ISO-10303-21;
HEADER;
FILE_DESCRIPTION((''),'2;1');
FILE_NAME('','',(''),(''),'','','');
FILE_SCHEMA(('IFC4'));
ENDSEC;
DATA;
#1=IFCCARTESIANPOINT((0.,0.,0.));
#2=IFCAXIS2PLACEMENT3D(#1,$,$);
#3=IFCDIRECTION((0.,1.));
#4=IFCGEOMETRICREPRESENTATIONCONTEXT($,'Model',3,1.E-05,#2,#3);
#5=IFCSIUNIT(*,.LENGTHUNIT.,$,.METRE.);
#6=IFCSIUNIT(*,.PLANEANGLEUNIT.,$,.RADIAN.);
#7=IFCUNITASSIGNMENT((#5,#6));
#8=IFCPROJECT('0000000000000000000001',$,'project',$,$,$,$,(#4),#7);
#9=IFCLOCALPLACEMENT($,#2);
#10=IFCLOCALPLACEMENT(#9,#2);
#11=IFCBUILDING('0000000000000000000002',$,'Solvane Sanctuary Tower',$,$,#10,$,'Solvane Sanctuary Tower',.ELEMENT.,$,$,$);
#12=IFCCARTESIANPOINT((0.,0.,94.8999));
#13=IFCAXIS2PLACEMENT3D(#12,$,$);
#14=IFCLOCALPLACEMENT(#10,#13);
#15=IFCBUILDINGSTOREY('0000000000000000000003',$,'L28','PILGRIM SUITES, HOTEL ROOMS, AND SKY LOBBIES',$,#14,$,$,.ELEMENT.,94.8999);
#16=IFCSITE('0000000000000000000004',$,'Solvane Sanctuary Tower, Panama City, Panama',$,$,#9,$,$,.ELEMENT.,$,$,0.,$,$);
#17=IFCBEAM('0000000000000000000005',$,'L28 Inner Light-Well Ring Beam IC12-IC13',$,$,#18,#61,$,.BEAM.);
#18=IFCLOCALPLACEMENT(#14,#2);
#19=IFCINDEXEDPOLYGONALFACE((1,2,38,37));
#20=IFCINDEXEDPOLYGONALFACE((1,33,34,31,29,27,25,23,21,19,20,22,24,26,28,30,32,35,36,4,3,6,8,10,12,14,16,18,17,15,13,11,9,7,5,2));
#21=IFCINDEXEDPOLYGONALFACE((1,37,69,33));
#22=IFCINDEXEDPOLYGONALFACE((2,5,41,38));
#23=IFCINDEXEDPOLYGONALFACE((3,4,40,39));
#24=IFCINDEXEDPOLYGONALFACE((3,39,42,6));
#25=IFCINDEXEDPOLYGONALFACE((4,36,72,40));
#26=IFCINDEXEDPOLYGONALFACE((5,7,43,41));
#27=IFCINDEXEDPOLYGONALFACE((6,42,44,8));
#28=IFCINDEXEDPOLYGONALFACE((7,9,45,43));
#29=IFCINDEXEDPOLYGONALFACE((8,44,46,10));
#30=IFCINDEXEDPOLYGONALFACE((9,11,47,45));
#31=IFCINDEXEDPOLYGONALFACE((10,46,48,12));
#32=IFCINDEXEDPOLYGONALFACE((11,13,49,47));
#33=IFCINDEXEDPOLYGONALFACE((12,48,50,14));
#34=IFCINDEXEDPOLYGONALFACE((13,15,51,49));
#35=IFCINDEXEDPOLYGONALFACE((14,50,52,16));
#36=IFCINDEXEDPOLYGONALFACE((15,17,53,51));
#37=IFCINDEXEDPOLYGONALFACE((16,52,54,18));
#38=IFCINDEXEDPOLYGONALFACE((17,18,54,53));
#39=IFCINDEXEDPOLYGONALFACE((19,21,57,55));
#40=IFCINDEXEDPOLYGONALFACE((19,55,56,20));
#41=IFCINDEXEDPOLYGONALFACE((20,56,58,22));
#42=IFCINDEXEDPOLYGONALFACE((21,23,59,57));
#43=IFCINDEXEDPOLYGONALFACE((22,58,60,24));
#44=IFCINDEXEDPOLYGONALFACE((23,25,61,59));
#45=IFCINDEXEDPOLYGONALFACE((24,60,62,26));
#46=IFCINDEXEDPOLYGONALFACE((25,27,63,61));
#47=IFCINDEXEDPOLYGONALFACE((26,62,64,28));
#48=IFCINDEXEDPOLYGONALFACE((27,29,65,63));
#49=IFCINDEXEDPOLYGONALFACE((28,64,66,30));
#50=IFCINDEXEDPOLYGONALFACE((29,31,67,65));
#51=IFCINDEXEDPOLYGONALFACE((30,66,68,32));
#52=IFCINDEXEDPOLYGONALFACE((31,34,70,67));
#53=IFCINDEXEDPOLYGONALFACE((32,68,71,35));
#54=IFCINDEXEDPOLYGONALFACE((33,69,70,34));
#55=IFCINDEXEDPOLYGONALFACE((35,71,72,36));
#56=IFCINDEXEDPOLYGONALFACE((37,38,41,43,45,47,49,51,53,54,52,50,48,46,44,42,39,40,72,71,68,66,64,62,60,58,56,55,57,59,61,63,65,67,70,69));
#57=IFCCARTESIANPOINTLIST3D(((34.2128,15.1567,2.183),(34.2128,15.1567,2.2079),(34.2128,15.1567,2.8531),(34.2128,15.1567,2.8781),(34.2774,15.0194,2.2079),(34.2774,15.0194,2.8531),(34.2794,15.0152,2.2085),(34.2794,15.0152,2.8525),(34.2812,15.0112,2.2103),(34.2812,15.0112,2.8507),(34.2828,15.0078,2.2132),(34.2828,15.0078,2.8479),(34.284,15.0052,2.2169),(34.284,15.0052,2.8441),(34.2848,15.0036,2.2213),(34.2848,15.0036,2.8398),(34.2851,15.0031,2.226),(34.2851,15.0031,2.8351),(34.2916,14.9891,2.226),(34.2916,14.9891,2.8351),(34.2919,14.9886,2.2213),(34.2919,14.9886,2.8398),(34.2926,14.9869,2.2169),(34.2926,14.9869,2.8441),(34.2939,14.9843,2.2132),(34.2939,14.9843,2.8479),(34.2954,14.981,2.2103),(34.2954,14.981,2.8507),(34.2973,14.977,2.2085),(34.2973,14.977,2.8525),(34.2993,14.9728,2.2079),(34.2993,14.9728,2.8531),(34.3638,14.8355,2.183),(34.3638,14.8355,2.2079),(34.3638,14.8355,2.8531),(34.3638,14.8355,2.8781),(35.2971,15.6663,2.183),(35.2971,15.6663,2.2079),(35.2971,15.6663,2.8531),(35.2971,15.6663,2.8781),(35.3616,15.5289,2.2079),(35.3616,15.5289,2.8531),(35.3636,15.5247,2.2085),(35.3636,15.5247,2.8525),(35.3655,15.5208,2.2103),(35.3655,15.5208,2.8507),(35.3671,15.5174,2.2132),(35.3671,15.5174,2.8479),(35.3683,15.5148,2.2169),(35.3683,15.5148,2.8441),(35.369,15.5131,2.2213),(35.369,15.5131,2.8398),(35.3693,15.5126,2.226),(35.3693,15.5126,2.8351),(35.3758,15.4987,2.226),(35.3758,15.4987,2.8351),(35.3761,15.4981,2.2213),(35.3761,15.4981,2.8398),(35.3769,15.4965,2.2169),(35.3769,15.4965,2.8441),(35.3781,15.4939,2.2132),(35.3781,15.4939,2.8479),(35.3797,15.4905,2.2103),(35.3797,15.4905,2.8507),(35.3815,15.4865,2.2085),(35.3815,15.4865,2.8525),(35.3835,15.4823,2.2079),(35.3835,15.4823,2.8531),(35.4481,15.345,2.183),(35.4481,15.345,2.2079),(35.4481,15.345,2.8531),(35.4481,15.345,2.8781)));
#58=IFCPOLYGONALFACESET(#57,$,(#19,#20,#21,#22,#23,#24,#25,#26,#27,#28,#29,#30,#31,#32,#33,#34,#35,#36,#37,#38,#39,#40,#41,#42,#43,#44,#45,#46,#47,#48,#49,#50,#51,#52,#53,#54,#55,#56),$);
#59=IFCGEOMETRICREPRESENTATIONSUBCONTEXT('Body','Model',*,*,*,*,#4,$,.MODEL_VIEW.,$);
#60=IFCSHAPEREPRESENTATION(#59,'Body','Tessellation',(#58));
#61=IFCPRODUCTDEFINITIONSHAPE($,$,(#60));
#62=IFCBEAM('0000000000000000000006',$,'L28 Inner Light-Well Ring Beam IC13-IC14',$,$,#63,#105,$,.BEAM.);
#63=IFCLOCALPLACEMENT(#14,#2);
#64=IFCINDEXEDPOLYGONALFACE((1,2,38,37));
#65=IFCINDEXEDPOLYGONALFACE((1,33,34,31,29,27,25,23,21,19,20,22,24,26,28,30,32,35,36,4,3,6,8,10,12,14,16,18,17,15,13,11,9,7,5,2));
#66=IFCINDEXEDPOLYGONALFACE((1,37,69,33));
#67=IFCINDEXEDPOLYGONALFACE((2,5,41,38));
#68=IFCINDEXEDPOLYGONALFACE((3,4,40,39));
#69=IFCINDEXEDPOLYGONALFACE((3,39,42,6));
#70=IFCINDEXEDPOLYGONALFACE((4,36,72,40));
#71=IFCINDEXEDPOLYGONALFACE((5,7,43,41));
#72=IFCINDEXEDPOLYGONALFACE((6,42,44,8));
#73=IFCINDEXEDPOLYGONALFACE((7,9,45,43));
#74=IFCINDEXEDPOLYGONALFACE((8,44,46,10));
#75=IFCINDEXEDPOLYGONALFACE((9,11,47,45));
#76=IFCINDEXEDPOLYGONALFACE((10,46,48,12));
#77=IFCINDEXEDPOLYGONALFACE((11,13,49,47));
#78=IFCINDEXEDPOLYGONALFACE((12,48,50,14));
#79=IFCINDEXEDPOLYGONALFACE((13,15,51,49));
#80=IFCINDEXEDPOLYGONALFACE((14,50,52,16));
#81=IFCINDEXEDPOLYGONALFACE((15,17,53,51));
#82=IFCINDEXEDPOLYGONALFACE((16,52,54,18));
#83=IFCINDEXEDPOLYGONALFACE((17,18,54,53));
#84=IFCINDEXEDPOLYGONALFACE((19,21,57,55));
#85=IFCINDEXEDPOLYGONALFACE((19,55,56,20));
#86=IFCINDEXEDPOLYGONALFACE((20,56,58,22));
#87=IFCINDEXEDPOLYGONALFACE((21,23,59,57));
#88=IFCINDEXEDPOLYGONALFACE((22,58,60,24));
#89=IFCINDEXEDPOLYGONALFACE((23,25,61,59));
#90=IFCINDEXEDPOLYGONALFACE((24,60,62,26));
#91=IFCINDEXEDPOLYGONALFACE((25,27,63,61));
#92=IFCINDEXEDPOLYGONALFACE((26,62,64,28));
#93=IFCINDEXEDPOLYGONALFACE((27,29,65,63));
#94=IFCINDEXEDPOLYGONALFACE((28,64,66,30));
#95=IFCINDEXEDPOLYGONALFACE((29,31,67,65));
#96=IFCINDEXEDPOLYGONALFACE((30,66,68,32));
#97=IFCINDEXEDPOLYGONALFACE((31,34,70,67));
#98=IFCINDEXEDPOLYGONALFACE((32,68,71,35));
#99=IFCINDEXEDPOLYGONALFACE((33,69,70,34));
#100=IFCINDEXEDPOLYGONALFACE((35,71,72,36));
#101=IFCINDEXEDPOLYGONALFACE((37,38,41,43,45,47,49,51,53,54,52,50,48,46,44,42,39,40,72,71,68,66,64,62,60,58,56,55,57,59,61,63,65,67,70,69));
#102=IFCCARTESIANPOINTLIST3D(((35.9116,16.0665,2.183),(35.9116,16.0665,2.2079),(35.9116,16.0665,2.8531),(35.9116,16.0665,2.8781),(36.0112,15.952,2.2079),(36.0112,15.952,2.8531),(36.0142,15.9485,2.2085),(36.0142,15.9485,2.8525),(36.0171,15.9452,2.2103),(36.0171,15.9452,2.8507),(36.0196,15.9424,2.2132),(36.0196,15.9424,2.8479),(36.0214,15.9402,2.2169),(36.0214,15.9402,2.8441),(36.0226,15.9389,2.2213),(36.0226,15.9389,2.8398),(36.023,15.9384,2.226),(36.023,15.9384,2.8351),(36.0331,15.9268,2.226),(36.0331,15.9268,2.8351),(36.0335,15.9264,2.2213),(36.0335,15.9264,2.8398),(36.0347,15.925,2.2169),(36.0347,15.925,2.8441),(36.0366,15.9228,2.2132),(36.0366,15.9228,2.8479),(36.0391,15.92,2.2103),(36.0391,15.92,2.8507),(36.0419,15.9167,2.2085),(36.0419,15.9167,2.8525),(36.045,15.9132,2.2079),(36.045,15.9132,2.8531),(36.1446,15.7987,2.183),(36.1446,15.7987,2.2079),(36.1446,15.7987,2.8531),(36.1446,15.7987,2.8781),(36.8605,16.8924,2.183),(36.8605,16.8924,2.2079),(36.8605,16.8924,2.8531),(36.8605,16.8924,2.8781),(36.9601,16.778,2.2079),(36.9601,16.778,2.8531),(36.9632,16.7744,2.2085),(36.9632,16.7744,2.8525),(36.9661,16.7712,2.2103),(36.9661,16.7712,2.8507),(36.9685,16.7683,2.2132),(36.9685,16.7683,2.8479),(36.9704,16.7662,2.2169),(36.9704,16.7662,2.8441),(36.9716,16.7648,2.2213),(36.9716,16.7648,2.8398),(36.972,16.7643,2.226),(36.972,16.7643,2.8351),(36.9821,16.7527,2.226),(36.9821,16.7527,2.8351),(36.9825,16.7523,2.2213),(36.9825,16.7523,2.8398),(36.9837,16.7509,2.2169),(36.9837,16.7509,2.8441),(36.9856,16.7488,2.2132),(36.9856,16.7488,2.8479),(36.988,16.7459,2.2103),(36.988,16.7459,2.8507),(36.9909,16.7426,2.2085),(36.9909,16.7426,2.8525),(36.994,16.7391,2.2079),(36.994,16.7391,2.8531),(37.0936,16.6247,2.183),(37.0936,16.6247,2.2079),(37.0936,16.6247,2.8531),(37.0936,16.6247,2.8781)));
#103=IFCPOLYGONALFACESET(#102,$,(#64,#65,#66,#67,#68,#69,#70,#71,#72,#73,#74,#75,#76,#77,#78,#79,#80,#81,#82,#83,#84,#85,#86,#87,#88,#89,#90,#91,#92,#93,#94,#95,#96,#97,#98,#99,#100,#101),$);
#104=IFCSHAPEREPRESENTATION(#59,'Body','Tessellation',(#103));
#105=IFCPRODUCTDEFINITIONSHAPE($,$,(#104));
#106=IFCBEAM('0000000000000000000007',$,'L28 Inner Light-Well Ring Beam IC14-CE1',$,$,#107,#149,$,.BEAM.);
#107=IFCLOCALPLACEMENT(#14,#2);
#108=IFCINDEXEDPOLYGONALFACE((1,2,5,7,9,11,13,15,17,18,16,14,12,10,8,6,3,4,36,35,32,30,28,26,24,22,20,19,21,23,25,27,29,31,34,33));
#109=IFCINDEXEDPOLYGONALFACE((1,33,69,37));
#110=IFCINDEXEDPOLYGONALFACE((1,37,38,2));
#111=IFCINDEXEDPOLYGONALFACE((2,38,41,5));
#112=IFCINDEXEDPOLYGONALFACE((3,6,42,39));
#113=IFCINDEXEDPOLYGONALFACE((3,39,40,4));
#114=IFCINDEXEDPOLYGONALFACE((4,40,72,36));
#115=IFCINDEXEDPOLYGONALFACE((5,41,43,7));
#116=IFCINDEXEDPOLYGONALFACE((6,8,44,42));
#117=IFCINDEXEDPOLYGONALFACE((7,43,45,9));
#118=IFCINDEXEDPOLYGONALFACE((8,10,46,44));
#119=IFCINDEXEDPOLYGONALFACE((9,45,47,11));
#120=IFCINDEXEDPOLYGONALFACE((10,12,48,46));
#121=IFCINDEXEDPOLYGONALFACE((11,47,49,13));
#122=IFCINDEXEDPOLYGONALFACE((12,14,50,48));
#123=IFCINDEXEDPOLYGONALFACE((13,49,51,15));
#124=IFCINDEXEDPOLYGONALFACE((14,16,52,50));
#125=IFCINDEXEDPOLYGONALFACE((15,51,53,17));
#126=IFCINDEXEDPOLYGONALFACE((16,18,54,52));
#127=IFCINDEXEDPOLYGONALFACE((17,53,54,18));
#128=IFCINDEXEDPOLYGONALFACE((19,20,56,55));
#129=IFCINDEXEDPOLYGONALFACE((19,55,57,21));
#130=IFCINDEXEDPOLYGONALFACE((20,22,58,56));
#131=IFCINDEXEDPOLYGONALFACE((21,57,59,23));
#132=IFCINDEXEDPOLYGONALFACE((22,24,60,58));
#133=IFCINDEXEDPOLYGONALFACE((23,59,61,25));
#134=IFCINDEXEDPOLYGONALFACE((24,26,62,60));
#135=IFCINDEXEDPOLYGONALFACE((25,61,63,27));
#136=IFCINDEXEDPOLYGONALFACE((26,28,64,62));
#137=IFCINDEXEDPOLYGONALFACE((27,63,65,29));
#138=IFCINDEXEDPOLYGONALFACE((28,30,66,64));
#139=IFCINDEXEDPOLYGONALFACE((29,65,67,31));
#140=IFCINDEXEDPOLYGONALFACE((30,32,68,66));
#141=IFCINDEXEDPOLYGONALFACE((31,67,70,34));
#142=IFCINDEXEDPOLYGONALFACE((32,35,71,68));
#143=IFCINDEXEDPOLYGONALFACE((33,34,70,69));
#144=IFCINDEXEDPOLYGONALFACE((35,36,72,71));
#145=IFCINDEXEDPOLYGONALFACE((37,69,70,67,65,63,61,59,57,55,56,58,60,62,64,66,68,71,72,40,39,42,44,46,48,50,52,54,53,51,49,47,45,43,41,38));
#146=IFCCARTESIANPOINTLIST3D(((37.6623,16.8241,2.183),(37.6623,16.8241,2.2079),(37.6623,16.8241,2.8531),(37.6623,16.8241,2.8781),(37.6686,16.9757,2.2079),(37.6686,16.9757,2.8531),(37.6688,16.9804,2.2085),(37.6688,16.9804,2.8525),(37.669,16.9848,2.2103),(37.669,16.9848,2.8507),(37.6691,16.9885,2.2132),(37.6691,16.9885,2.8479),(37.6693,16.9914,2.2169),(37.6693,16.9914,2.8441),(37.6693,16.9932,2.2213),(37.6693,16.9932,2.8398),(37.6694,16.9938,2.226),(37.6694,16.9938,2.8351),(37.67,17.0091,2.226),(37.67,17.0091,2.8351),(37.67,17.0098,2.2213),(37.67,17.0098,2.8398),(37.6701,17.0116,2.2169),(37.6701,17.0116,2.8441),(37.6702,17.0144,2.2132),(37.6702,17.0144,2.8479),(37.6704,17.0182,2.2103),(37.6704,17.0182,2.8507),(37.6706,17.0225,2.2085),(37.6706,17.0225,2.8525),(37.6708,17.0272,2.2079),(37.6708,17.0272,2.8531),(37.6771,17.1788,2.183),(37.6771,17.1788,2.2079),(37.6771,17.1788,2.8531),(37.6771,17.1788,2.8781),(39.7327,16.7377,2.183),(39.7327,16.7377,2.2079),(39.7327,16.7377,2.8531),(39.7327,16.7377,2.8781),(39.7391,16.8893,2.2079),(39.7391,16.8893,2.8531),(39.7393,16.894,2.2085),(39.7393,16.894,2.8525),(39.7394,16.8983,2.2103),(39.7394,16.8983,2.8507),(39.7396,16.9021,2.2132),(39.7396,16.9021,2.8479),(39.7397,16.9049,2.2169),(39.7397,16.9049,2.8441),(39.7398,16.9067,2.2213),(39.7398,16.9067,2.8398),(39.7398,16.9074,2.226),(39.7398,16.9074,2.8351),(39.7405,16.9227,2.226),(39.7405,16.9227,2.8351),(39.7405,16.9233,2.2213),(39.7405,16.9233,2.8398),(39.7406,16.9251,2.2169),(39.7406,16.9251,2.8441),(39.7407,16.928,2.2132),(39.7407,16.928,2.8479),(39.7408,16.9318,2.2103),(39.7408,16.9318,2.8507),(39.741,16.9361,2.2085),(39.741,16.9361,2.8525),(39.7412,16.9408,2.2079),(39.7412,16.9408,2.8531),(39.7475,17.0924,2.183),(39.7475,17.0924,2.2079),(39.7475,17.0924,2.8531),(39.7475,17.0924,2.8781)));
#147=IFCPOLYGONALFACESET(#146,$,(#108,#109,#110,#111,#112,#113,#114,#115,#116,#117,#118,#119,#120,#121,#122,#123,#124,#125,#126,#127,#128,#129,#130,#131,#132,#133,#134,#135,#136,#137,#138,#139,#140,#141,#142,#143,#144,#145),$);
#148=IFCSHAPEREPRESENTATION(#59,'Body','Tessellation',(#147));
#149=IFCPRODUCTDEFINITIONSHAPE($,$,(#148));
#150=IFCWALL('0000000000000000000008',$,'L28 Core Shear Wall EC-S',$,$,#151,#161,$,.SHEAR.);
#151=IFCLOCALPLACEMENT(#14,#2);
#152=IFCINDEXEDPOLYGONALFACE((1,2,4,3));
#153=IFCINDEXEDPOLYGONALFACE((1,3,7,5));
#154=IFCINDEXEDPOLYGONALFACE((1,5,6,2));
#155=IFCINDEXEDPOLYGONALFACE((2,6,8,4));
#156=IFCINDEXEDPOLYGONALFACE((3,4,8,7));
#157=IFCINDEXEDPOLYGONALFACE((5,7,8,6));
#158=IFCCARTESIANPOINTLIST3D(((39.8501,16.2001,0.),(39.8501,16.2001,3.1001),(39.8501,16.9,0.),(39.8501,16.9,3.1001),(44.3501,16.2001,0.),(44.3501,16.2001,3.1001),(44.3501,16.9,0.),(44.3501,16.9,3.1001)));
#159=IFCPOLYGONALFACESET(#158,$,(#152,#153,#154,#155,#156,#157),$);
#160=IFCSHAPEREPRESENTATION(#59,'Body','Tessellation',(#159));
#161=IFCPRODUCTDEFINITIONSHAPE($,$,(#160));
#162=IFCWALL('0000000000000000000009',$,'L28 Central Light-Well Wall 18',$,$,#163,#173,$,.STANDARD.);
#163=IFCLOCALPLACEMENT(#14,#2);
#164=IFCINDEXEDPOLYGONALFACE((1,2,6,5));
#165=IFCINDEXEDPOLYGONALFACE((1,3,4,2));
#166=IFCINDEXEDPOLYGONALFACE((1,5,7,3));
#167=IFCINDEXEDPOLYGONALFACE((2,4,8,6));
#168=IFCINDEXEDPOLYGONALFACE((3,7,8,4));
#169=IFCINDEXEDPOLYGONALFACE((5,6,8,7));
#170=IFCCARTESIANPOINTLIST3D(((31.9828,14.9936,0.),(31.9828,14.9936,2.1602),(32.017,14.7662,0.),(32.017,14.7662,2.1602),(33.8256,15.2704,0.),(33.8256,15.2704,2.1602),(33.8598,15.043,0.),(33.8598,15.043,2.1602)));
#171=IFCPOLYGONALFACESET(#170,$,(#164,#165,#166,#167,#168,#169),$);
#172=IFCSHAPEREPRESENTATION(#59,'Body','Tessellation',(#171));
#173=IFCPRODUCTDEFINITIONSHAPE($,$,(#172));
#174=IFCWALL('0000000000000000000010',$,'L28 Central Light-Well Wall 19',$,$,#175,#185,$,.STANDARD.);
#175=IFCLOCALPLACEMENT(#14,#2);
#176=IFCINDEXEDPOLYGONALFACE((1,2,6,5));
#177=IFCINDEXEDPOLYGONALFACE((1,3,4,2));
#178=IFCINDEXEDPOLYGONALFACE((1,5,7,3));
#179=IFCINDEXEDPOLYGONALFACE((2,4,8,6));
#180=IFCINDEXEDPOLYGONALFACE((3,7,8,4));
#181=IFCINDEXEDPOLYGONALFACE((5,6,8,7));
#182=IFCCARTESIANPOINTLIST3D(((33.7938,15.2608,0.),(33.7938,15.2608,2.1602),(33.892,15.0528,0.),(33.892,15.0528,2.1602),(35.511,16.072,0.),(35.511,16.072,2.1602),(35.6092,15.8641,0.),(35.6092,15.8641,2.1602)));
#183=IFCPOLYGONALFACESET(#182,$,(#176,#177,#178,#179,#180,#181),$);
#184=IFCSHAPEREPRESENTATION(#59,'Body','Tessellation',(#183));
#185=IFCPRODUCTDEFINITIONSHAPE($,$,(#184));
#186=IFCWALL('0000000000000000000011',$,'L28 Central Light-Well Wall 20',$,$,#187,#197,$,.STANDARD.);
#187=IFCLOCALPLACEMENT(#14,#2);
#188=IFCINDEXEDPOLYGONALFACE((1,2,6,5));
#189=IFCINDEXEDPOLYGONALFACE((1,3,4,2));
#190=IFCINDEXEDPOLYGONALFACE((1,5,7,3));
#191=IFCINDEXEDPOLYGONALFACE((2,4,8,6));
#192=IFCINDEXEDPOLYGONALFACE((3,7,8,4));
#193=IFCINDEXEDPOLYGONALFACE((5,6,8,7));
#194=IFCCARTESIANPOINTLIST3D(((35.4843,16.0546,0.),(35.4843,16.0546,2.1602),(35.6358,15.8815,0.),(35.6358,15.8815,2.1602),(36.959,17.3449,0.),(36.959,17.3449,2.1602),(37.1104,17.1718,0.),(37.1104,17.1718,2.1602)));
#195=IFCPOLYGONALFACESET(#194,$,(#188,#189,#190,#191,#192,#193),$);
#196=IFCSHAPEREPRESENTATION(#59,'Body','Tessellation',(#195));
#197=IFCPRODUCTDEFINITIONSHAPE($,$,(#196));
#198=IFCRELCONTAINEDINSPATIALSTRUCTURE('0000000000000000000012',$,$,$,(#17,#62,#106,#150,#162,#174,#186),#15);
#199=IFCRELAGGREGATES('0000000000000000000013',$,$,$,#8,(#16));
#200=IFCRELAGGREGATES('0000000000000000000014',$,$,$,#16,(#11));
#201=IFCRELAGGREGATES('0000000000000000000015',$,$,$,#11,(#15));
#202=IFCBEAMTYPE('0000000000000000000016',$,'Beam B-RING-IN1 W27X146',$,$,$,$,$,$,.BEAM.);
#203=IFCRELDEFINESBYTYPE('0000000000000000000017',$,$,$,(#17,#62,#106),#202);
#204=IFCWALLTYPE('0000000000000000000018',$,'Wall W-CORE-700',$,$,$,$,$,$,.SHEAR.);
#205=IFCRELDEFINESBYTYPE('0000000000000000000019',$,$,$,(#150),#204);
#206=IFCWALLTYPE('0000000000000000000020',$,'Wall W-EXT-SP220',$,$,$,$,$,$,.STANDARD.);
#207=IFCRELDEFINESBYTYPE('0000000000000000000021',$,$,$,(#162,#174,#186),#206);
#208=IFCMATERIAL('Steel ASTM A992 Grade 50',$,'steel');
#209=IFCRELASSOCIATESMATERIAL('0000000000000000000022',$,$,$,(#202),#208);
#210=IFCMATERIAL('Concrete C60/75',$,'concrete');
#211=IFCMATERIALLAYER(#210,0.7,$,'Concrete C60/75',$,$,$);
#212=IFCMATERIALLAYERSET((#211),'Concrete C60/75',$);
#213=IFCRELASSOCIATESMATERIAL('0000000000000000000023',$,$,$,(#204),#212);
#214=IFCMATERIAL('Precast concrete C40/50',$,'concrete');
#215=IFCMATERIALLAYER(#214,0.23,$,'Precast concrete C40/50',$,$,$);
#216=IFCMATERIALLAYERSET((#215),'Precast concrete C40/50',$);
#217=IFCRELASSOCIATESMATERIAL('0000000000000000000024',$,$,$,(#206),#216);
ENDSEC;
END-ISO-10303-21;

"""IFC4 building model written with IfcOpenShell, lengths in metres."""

from ifc_helpers import new_model, si_unit, direction, frame, frame_2d, origin, origin_2d, place, context, subcontext, project, spatial, rectangle, i_section, extrude, material, layer, layer_set, material_profile, profile_set, type_object, element, save


model = new_model("IFC4")

# Units and contexts
model_context = context("Model", 3, precision=1e-05, world=origin(), true_north=direction((0.0, 1.0)))
body_context = subcontext(model_context, "Body", "Model", "MODEL_VIEW")
ifc_project = project(units=[si_unit("LENGTHUNIT", "METRE"), si_unit("PLANEANGLEUNIT", "RADIAN")], contexts=[model_context])

# Site, building, storey
site_placement = place(None, origin())
site = spatial("IfcSite", under=ifc_project, at=site_placement, Name="Solvane Sanctuary Tower, Panama City, Panama", CompositionType="ELEMENT", RefElevation=0.0)
building_placement = place(site_placement, origin())
building = spatial("IfcBuilding", under=site, at=building_placement, Name="Solvane Sanctuary Tower", LongName="Solvane Sanctuary Tower", CompositionType="ELEMENT")
storey_placement = place(building_placement, frame((0.0, 0.0, 94.8999)))
storey = spatial("IfcBuildingStorey", under=building, at=storey_placement, Name="L28", Description="PILGRIM SUITES, HOTEL ROOMS, AND SKY LOBBIES", CompositionType="ELEMENT", Elevation=94.8999)

# Shared definitions
ifc_material_1 = material(Name="Concrete C60/75", Category="concrete")

# Beams
ifc_material_2 = material(Name="Steel ASTM A992 Grade 50", Category="steel")
ifc_material_profile_1 = material_profile(ifc_material_2, i_section(OverallWidth=0.355, OverallDepth=0.6951, WebThickness=0.0154, FlangeThickness=0.0249, FilletRadius=0.0181, at=origin_2d()), Name="W27X146")
ifc_profile_set_1 = profile_set([ifc_material_profile_1], Name="Steel ASTM A992 Grade 50")
beam_type_1 = type_object("IfcBeamType", Name="Beam B-RING-IN1 W27X146", PredefinedType="BEAM", material=ifc_profile_set_1)
beam_1_placement = place(storey_placement, frame((34.2883, 14.9961, 2.5305), z_axis=(0.905045, 0.425316, 0.0), x_axis=(-0.425316, 0.905045, 0.0)))
element("IfcBeam", 1, at=beam_1_placement, inside=storey, type_object=beam_type_1, Name="L28 Inner Light-Well Ring Beam IC12-IC13", PredefinedType="BEAM", context=body_context, shape_type="SweptSolid", body=[
    extrude(i_section(OverallWidth=0.355, OverallDepth=0.6951, WebThickness=0.0154, FlangeThickness=0.0249, FilletRadius=0.0181, at=origin_2d()), origin(), (0.0, 0.0, 1.0), 1.198),
])
beam_2_placement = place(storey_placement, frame((36.0281, 15.9326, 2.5305), z_axis=(0.754317, 0.65651, 0.0), x_axis=(-0.65651, 0.754317, 0.0)))
element("IfcBeam", 2, at=beam_2_placement, inside=storey, type_object=beam_type_1, Name="L28 Inner Light-Well Ring Beam IC13-IC14", PredefinedType="BEAM", context=body_context, shape_type="SweptSolid", body=[
    extrude(i_section(OverallWidth=0.355, OverallDepth=0.6951, WebThickness=0.0154, FlangeThickness=0.0249, FilletRadius=0.0181, at=origin_2d()), origin(), (0.0, 0.0, 1.0), 1.2581),
])
beam_3_placement = place(storey_placement, frame((37.6697, 17.0015, 2.5305), z_axis=(0.99913, -0.041704, 0.0), x_axis=(0.041704, 0.99913, 0.0)))
element("IfcBeam", 3, at=beam_3_placement, inside=storey, type_object=beam_type_1, Name="L28 Inner Light-Well Ring Beam IC14-CE1", PredefinedType="BEAM", context=body_context, shape_type="SweptSolid", body=[
    extrude(i_section(OverallWidth=0.355, OverallDepth=0.6951, WebThickness=0.0154, FlangeThickness=0.0249, FilletRadius=0.0181, at=origin_2d()), origin(), (0.0, 0.0, 1.0), 2.0723),
])

# Walls
ifc_layer_1 = layer(ifc_material_1, 0.7, Name="Concrete C60/75")
ifc_layer_set_1 = layer_set([ifc_layer_1], Name="Concrete C60/75")
wall_type_1 = type_object("IfcWallType", Name="Wall W-CORE-700", PredefinedType="SHEAR", material=ifc_layer_set_1)
wall_1_placement = place(storey_placement, frame((39.8501, 16.55, 0.0), z_axis=(0.0, 0.0, 1.0), x_axis=(1.0, 0.0, 0.0)))
element("IfcWall", 4, at=wall_1_placement, inside=storey, type_object=wall_type_1, Name="L28 Core Shear Wall EC-S", PredefinedType="SHEAR", context=body_context, shape_type="SweptSolid", body=[
    extrude(rectangle(XDim=4.5, YDim=0.7, at=frame_2d((2.25, 0.0))), origin(), (0.0, 0.0, 1.0), 3.1001),
])
ifc_material_3 = material(Name="Precast concrete C40/50", Category="concrete")
ifc_layer_2 = layer(ifc_material_3, 0.23, Name="Precast concrete C40/50")
ifc_layer_set_2 = layer_set([ifc_layer_2], Name="Precast concrete C40/50")
wall_type_2 = type_object("IfcWallType", Name="Wall W-EXT-SP220", PredefinedType="STANDARD", material=ifc_layer_set_2)
wall_2_placement = place(storey_placement, frame((32.0, 14.8799, 0.0), z_axis=(0.0, 0.0, 1.0), x_axis=(0.988902, 0.148571, 0.0)))
element("IfcWall", 5, at=wall_2_placement, inside=storey, type_object=wall_type_2, Name="L28 Central Light-Well Wall 18", PredefinedType="STANDARD", context=body_context, shape_type="SweptSolid", body=[
    extrude(rectangle(XDim=1.8635, YDim=0.23, at=frame_2d((0.9316, 0.0))), origin(), (0.0, 0.0, 1.0), 2.1602),
])
wall_3_placement = place(storey_placement, frame((33.8428, 15.1567, 0.0), z_axis=(0.0, 0.0, 1.0), x_axis=(0.90418, 0.427152, 0.0)))
element("IfcWall", 6, at=wall_3_placement, inside=storey, type_object=wall_type_2, Name="L28 Central Light-Well Wall 19", PredefinedType="STANDARD", context=body_context, shape_type="SweptSolid", body=[
    extrude(rectangle(XDim=1.8992, YDim=0.23, at=frame_2d((0.9497, 0.0))), origin(), (0.0, 0.0, 1.0), 2.1602),
])
wall_4_placement = place(storey_placement, frame((35.5601, 15.968, 0.0), z_axis=(0.0, 0.0, 1.0), x_axis=(0.752577, 0.658505, 0.0)))
element("IfcWall", 7, at=wall_4_placement, inside=storey, type_object=wall_type_2, Name="L28 Central Light-Well Wall 20", PredefinedType="STANDARD", context=body_context, shape_type="SweptSolid", body=[
    extrude(rectangle(XDim=1.9595, YDim=0.23, at=frame_2d((0.9797, 0.0))), origin(), (0.0, 0.0, 1.0), 2.1602),
])

save(model, "model.ifc")
